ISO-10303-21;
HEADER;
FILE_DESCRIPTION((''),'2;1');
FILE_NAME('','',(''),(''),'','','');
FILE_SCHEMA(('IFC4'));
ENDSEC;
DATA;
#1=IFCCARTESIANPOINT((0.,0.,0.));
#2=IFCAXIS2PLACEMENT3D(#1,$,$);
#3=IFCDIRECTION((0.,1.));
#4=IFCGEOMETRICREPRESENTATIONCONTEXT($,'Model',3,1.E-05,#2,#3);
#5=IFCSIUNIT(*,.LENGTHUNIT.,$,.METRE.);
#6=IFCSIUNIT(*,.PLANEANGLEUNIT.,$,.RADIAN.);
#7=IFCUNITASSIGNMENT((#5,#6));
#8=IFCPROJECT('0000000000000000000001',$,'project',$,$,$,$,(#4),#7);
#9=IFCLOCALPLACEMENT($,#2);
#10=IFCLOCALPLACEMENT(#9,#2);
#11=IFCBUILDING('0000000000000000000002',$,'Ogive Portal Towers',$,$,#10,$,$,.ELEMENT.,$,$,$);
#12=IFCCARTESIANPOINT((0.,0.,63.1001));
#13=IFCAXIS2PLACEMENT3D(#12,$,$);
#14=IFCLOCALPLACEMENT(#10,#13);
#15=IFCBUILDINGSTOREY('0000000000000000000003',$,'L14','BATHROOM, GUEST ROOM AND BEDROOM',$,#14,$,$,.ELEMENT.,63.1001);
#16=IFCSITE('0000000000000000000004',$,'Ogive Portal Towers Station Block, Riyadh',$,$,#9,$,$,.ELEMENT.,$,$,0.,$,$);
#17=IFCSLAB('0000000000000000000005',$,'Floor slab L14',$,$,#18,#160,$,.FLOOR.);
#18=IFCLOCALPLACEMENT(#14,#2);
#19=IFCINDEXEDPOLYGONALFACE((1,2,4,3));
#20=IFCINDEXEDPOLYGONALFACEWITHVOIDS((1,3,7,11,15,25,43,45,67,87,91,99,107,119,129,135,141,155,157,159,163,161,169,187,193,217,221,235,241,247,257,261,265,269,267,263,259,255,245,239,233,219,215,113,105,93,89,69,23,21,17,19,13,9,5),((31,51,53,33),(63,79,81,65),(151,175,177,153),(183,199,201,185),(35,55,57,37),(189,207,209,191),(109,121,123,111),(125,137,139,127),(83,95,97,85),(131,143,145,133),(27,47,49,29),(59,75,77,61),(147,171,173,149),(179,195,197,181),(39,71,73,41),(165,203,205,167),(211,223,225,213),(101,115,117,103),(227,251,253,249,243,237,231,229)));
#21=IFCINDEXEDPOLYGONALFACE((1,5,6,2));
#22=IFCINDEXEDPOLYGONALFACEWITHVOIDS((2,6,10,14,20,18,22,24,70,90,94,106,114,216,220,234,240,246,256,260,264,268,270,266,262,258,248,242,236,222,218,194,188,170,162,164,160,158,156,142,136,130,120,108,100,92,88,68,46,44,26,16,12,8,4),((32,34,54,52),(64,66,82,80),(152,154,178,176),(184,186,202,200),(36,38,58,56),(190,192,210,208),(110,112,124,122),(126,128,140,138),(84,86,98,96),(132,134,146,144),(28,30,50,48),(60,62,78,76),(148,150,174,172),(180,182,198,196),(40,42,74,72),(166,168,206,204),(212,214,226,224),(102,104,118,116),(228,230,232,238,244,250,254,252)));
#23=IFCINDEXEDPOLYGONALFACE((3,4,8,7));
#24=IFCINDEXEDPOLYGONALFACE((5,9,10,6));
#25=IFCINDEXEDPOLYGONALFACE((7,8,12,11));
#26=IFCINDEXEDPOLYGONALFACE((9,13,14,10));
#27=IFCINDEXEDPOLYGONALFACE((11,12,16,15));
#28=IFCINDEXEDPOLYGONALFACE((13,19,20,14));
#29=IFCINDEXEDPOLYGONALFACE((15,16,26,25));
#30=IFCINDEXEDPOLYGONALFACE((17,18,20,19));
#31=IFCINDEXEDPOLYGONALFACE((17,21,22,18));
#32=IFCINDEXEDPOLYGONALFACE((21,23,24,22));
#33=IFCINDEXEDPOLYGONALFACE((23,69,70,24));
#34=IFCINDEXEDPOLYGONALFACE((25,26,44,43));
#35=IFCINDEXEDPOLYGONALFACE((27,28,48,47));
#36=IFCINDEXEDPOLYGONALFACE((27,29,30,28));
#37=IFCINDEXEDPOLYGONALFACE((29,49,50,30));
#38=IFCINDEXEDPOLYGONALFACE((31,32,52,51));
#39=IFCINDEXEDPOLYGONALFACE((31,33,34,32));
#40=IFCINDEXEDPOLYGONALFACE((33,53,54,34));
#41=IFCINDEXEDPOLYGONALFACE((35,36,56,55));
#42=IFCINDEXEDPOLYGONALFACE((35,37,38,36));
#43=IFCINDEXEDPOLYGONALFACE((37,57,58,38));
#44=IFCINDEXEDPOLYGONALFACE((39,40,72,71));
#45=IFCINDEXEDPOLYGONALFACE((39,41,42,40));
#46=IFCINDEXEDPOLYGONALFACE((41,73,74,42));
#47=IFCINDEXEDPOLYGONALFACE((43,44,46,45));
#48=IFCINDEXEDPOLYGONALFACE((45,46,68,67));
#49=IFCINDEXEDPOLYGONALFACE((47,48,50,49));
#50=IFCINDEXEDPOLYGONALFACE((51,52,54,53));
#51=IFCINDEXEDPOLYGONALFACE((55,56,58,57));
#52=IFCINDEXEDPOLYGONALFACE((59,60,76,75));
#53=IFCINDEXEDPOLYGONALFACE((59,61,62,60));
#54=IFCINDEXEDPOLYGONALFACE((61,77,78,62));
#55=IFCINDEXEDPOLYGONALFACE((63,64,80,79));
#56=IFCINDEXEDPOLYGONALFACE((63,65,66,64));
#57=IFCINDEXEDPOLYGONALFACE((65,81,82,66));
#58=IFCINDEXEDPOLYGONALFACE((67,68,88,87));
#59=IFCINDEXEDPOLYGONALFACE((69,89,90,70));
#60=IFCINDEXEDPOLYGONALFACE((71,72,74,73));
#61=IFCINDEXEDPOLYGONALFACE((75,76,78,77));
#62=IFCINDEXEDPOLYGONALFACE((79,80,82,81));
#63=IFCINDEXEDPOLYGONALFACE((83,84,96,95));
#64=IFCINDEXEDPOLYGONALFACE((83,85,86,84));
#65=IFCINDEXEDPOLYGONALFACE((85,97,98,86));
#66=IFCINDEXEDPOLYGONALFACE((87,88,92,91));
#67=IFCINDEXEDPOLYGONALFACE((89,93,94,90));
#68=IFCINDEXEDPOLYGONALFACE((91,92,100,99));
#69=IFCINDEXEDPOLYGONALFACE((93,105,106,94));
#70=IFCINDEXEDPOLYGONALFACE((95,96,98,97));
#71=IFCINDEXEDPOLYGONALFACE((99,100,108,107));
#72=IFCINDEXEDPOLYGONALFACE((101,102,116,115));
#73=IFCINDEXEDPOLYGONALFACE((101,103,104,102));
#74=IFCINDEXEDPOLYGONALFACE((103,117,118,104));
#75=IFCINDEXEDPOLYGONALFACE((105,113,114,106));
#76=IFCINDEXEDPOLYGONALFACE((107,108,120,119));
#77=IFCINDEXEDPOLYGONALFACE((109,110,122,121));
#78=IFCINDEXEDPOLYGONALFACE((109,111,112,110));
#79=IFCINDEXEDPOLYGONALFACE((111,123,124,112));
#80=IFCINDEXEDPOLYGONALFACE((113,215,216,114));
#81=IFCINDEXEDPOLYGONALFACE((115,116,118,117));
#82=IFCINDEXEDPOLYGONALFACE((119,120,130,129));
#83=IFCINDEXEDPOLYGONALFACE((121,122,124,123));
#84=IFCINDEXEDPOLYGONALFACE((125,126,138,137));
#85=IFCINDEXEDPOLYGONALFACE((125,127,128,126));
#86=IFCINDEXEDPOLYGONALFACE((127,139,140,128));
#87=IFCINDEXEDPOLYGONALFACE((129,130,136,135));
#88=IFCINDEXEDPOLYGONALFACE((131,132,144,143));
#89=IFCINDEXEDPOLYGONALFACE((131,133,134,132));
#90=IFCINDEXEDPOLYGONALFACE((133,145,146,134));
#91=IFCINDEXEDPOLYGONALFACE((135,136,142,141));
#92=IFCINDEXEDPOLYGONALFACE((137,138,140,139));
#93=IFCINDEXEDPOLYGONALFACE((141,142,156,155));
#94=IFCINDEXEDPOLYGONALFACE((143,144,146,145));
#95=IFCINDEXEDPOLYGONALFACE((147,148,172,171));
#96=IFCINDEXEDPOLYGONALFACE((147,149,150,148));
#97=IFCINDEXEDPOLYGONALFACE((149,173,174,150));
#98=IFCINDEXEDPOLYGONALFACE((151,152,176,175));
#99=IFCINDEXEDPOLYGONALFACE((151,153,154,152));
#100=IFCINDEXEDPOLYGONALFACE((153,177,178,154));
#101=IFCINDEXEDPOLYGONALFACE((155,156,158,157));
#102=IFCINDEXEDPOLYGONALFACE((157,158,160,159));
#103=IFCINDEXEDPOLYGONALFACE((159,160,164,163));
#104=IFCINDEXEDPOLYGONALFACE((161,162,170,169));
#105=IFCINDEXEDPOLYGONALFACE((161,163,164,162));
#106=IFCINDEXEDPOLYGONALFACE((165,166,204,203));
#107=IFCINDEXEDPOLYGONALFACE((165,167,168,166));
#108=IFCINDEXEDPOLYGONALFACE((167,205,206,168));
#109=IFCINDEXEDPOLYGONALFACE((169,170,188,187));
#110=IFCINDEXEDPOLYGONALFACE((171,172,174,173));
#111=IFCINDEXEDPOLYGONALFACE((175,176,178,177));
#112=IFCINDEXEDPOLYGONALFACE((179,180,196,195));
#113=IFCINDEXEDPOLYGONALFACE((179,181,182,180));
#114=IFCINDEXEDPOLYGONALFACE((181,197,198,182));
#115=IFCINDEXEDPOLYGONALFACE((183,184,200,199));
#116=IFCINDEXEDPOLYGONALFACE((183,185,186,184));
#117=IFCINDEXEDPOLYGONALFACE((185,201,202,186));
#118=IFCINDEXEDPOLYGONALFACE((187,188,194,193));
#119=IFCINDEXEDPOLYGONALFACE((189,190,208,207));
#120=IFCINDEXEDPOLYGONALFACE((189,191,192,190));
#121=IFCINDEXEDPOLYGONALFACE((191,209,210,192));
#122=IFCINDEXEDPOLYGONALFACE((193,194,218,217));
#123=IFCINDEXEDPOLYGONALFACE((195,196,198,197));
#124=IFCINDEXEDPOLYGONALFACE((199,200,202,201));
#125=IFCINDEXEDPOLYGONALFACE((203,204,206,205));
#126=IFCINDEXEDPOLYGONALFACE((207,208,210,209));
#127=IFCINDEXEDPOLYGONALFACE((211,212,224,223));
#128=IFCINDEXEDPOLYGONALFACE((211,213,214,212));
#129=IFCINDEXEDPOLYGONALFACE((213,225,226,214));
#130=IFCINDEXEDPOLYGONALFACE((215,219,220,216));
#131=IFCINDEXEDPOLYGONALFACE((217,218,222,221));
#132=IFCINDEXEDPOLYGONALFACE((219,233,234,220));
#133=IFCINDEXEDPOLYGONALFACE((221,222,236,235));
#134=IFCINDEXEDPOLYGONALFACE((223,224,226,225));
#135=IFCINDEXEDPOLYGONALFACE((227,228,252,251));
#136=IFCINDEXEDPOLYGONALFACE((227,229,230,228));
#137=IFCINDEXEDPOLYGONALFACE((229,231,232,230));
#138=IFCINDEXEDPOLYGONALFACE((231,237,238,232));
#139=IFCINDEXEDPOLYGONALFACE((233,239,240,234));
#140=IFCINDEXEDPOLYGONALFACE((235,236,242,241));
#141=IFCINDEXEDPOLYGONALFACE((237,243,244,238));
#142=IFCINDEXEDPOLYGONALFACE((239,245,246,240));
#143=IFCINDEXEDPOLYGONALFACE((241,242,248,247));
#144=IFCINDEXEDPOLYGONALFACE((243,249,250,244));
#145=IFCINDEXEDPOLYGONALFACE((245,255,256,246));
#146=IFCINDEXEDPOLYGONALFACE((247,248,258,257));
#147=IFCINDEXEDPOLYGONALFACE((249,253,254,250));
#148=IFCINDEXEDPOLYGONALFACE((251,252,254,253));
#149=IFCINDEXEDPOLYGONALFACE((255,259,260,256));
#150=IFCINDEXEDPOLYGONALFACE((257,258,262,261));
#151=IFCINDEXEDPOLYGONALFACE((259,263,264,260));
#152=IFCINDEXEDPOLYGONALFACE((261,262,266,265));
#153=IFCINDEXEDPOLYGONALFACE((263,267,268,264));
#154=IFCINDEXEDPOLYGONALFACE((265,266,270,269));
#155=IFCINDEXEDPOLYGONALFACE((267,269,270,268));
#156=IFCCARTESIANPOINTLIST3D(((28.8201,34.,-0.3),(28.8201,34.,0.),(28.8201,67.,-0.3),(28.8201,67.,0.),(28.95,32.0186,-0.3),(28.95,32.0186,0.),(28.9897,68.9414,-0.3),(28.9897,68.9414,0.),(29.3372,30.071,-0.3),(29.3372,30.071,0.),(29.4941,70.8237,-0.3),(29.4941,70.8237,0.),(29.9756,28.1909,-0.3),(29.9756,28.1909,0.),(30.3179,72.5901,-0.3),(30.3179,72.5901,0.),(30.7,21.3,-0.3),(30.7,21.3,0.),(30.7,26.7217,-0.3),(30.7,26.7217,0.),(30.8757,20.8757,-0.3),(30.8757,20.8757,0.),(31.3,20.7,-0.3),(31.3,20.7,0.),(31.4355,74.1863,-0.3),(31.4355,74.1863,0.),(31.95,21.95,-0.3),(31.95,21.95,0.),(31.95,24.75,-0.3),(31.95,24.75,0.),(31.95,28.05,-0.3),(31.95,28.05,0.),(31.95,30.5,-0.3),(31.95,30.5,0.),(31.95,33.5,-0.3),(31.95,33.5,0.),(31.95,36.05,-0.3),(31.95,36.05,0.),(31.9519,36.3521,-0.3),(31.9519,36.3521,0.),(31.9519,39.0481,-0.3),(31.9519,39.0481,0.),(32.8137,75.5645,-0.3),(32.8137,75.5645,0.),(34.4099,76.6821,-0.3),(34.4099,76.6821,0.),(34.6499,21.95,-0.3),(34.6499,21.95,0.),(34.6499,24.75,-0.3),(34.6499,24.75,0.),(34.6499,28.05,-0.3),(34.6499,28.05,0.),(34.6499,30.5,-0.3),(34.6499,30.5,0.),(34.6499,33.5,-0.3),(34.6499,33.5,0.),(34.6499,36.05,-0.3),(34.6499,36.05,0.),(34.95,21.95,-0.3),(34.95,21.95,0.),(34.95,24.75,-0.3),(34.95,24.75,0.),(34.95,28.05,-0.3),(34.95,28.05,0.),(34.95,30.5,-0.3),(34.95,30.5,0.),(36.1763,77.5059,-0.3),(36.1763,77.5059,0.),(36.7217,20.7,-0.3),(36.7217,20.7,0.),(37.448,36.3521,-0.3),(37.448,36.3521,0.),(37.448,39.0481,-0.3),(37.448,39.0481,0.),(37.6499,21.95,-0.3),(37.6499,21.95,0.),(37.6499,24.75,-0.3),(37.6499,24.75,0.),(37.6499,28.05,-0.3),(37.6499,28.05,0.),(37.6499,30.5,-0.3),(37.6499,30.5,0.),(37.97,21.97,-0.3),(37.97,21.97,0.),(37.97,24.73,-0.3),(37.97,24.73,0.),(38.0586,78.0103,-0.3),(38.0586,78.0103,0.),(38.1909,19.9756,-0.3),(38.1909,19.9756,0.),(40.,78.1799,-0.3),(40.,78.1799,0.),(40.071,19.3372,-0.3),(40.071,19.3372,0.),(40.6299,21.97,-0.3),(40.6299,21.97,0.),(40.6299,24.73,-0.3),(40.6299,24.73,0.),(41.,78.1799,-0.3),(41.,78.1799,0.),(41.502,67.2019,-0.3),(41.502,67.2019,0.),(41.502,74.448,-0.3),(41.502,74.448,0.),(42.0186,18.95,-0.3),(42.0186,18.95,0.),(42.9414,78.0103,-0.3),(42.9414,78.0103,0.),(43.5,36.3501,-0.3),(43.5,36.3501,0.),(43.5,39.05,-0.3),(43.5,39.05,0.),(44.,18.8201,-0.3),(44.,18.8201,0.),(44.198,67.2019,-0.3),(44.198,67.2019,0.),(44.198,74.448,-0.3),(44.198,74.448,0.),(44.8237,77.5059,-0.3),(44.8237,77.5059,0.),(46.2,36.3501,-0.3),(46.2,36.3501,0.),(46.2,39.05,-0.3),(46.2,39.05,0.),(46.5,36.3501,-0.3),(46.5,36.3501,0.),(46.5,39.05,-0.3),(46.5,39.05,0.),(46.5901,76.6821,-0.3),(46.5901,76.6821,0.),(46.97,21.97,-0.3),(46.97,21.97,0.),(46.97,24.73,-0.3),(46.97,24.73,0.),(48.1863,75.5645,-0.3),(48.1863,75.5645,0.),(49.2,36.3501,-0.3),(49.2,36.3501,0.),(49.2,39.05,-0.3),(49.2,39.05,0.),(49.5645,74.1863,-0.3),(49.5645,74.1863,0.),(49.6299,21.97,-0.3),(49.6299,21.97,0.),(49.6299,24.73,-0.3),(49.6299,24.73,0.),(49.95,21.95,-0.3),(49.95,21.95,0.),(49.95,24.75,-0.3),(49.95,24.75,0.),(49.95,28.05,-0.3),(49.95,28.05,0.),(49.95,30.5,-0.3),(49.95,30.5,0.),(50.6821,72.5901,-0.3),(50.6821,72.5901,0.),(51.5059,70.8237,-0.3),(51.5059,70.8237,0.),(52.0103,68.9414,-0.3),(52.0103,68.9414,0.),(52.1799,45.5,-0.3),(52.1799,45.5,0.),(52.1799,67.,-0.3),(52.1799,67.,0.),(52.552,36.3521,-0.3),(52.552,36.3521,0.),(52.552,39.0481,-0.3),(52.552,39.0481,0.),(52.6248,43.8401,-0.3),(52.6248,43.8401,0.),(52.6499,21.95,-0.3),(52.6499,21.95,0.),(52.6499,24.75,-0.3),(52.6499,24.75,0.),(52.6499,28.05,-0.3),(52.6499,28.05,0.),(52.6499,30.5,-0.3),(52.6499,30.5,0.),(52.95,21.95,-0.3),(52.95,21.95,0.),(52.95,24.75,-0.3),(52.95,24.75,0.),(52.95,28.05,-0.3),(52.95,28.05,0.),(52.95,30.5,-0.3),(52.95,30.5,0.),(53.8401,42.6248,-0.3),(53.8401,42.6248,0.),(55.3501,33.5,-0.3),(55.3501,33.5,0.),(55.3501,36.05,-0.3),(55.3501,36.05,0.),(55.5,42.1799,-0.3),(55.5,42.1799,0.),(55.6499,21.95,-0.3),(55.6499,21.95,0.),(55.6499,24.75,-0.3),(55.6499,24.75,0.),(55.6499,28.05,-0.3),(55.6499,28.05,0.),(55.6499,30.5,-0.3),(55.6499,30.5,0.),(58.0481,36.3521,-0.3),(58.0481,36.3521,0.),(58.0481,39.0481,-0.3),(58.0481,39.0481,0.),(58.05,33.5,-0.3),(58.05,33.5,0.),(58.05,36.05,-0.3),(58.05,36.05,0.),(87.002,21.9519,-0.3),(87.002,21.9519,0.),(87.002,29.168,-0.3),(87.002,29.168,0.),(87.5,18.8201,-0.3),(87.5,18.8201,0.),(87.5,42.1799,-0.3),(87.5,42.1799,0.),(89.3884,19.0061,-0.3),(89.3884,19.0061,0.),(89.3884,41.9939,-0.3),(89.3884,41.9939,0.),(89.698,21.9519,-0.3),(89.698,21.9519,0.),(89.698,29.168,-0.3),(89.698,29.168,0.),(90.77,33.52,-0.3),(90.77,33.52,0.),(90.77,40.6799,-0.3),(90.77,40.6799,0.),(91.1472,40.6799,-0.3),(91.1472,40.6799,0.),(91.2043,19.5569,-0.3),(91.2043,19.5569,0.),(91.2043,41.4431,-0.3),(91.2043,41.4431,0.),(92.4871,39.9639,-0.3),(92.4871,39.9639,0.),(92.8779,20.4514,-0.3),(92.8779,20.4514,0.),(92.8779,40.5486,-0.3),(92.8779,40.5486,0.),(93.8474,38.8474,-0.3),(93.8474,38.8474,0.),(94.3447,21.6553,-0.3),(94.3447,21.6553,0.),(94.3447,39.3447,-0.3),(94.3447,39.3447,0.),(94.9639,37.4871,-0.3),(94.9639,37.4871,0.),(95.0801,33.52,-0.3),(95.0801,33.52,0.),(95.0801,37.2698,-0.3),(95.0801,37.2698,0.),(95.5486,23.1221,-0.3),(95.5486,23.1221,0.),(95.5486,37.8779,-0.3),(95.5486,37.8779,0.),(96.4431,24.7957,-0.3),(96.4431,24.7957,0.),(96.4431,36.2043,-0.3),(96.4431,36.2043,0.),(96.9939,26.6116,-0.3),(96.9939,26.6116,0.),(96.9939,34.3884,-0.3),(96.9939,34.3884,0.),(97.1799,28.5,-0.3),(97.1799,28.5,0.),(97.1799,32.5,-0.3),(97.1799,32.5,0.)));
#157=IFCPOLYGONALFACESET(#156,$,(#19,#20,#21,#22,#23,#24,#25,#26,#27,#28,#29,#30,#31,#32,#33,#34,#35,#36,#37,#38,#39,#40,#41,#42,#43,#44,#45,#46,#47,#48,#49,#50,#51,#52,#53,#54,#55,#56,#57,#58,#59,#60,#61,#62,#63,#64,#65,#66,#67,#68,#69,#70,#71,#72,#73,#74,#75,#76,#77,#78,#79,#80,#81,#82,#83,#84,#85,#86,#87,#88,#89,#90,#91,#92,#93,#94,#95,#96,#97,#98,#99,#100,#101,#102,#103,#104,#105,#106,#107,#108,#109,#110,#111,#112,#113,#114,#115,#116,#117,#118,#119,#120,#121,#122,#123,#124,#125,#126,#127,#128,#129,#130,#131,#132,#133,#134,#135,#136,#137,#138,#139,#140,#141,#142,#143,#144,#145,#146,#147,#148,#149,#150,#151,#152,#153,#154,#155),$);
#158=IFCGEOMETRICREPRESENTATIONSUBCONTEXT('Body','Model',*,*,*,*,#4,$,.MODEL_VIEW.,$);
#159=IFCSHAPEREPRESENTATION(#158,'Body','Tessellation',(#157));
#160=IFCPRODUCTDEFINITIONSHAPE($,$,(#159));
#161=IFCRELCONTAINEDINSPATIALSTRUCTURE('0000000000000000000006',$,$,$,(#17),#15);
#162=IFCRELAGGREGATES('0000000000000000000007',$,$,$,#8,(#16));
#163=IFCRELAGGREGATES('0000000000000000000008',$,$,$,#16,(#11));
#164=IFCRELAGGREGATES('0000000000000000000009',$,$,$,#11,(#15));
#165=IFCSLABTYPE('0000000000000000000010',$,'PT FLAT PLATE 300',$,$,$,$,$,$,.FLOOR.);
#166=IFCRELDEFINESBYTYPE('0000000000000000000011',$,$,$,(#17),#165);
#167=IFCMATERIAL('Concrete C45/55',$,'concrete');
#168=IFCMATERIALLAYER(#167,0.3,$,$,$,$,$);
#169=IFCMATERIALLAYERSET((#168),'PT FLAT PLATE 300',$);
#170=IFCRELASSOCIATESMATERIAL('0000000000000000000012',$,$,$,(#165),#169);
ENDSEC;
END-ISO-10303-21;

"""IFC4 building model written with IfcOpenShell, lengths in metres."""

from ifc_helpers import new_model, si_unit, direction, frame, origin, place, context, subcontext, project, spatial, polyline, outline, extrude, material, layer, layer_set, type_object, element, save


model = new_model("IFC4")

# Units and contexts
model_context = context("Model", 3, precision=1e-05, world=origin(), true_north=direction((0.0, 1.0)))
body_context = subcontext(model_context, "Body", "Model", "MODEL_VIEW")
ifc_project = project(units=[si_unit("LENGTHUNIT", "METRE"), si_unit("PLANEANGLEUNIT", "RADIAN")], contexts=[model_context])

# Site, building, storey
site_placement = place(None, origin())
site = spatial("IfcSite", under=ifc_project, at=site_placement, Name="Ogive Portal Towers Station Block, Riyadh", CompositionType="ELEMENT", RefElevation=0.0)
building_placement = place(site_placement, origin())
building = spatial("IfcBuilding", under=site, at=building_placement, Name="Ogive Portal Towers", CompositionType="ELEMENT")
storey_placement = place(building_placement, frame((0.0, 0.0, 63.1001)))
storey = spatial("IfcBuildingStorey", under=building, at=storey_placement, Name="L14", Description="BATHROOM, GUEST ROOM AND BEDROOM", CompositionType="ELEMENT", Elevation=63.1001)

# Slab
ifc_material_1 = material(Name="Concrete C45/55", Category="concrete")
ifc_layer_1 = layer(ifc_material_1, 0.3)
ifc_layer_set_1 = layer_set([ifc_layer_1], Name="PT FLAT PLATE 300")
slab_type = type_object("IfcSlabType", Name="PT FLAT PLATE 300", PredefinedType="FLOOR", material=ifc_layer_set_1)
slab_1_placement = place(storey_placement, frame((0.0, 0.0, -0.3)))
element("IfcSlab", 1, at=slab_1_placement, inside=storey, type_object=slab_type, Name="Floor slab L14", PredefinedType="FLOOR", context=body_context, shape_type="SweptSolid", body=[
    extrude(outline(polyline([(29.3372, 30.071), (29.9756, 28.1909), (30.7, 26.7217), (30.7, 21.3), (30.8757, 20.8757), (31.3, 20.7), (36.7217, 20.7), (38.1909, 19.9756), (40.071, 19.3372), (42.0186, 18.95), (44.0, 18.8201), (87.5, 18.8201), (89.3884, 19.0061), (91.2043, 19.5569), (92.8779, 20.4514), (94.3447, 21.6553), (95.5486, 23.1221), (96.4431, 24.7957), (96.9939, 26.6116), (97.1799, 28.5), (97.1799, 32.5), (96.9939, 34.3884), (96.4431, 36.2043), (95.5486, 37.8779), (94.3447, 39.3447), (92.8779, 40.5486), (91.2043, 41.4431), (89.3884, 41.9939), (87.5, 42.1799), (55.5, 42.1799), (53.8401, 42.6248), (52.6248, 43.8401), (52.1799, 45.5), (52.1799, 67.0), (52.0103, 68.9414), (51.5059, 70.8237), (50.6821, 72.5901), (49.5645, 74.1863), (48.1863, 75.5645), (46.5901, 76.6821), (44.8237, 77.5059), (42.9414, 78.0103), (41.0, 78.1799), (40.0, 78.1799), (38.0586, 78.0103), (36.1763, 77.5059), (34.4099, 76.6821), (32.8137, 75.5645), (31.4355, 74.1863), (30.3179, 72.5901), (29.4941, 70.8237), (28.9897, 68.9414), (28.8201, 67.0), (28.8201, 34.0), (28.95, 32.0186), (29.3372, 30.071)]), holes=[polyline([(34.6499, 24.75), (34.6499, 21.95), (31.95, 21.95), (31.95, 24.75), (34.6499, 24.75)]), polyline([(37.6499, 24.75), (37.6499, 21.95), (34.95, 21.95), (34.95, 24.75), (37.6499, 24.75)]), polyline([(40.6299, 21.97), (37.97, 21.97), (37.97, 24.73), (40.6299, 24.73), (40.6299, 21.97)]), polyline([(46.97, 21.97), (46.97, 24.73), (49.6299, 24.73), (49.6299, 21.97), (46.97, 21.97)]), polyline([(34.6499, 28.05), (31.95, 28.05), (31.95, 30.5), (34.6499, 30.5), (34.6499, 28.05)]), polyline([(37.6499, 30.5), (37.6499, 28.05), (34.95, 28.05), (34.95, 30.5), (37.6499, 30.5)]), polyline([(34.6499, 36.05), (34.6499, 33.5), (31.95, 33.5), (31.95, 36.05), (34.6499, 36.05)]), polyline([(31.9519, 39.0481), (37.448, 39.0481), (37.448, 36.3521), (31.9519, 36.3521), (31.9519, 39.0481)]), polyline([(46.2, 36.3501), (43.5, 36.3501), (43.5, 39.05), (46.2, 39.05), (46.2, 36.3501)]), polyline([(49.2, 36.3501), (46.5, 36.3501), (46.5, 39.05), (49.2, 39.05), (49.2, 36.3501)]), polyline([(44.198, 74.448), (44.198, 67.2019), (41.502, 67.2019), (41.502, 74.448), (44.198, 74.448)]), polyline([(52.6499, 24.75), (52.6499, 21.95), (49.95, 21.95), (49.95, 24.75), (52.6499, 24.75)]), polyline([(55.6499, 21.95), (52.95, 21.95), (52.95, 24.75), (55.6499, 24.75), (55.6499, 21.95)]), polyline([(87.002, 29.168), (89.698, 29.168), (89.698, 21.9519), (87.002, 21.9519), (87.002, 29.168)]), polyline([(52.6499, 30.5), (52.6499, 28.05), (49.95, 28.05), (49.95, 30.5), (52.6499, 30.5)]), polyline([(55.6499, 28.05), (52.95, 28.05), (52.95, 30.5), (55.6499, 30.5), (55.6499, 28.05)]), polyline([(58.05, 36.05), (58.05, 33.5), (55.3501, 33.5), (55.3501, 36.05), (58.05, 36.05)]), polyline([(94.9639, 37.4871), (95.0801, 37.2698), (95.0801, 33.52), (90.77, 33.52), (90.77, 40.6799), (91.1472, 40.6799), (92.4871, 39.9639), (93.8474, 38.8474), (94.9639, 37.4871)]), polyline([(52.552, 36.3521), (52.552, 39.0481), (58.0481, 39.0481), (58.0481, 36.3521), (52.552, 36.3521)])]), origin(), (0.0, 0.0, 1.0), 0.3),
])

save(model, "model.ifc")
